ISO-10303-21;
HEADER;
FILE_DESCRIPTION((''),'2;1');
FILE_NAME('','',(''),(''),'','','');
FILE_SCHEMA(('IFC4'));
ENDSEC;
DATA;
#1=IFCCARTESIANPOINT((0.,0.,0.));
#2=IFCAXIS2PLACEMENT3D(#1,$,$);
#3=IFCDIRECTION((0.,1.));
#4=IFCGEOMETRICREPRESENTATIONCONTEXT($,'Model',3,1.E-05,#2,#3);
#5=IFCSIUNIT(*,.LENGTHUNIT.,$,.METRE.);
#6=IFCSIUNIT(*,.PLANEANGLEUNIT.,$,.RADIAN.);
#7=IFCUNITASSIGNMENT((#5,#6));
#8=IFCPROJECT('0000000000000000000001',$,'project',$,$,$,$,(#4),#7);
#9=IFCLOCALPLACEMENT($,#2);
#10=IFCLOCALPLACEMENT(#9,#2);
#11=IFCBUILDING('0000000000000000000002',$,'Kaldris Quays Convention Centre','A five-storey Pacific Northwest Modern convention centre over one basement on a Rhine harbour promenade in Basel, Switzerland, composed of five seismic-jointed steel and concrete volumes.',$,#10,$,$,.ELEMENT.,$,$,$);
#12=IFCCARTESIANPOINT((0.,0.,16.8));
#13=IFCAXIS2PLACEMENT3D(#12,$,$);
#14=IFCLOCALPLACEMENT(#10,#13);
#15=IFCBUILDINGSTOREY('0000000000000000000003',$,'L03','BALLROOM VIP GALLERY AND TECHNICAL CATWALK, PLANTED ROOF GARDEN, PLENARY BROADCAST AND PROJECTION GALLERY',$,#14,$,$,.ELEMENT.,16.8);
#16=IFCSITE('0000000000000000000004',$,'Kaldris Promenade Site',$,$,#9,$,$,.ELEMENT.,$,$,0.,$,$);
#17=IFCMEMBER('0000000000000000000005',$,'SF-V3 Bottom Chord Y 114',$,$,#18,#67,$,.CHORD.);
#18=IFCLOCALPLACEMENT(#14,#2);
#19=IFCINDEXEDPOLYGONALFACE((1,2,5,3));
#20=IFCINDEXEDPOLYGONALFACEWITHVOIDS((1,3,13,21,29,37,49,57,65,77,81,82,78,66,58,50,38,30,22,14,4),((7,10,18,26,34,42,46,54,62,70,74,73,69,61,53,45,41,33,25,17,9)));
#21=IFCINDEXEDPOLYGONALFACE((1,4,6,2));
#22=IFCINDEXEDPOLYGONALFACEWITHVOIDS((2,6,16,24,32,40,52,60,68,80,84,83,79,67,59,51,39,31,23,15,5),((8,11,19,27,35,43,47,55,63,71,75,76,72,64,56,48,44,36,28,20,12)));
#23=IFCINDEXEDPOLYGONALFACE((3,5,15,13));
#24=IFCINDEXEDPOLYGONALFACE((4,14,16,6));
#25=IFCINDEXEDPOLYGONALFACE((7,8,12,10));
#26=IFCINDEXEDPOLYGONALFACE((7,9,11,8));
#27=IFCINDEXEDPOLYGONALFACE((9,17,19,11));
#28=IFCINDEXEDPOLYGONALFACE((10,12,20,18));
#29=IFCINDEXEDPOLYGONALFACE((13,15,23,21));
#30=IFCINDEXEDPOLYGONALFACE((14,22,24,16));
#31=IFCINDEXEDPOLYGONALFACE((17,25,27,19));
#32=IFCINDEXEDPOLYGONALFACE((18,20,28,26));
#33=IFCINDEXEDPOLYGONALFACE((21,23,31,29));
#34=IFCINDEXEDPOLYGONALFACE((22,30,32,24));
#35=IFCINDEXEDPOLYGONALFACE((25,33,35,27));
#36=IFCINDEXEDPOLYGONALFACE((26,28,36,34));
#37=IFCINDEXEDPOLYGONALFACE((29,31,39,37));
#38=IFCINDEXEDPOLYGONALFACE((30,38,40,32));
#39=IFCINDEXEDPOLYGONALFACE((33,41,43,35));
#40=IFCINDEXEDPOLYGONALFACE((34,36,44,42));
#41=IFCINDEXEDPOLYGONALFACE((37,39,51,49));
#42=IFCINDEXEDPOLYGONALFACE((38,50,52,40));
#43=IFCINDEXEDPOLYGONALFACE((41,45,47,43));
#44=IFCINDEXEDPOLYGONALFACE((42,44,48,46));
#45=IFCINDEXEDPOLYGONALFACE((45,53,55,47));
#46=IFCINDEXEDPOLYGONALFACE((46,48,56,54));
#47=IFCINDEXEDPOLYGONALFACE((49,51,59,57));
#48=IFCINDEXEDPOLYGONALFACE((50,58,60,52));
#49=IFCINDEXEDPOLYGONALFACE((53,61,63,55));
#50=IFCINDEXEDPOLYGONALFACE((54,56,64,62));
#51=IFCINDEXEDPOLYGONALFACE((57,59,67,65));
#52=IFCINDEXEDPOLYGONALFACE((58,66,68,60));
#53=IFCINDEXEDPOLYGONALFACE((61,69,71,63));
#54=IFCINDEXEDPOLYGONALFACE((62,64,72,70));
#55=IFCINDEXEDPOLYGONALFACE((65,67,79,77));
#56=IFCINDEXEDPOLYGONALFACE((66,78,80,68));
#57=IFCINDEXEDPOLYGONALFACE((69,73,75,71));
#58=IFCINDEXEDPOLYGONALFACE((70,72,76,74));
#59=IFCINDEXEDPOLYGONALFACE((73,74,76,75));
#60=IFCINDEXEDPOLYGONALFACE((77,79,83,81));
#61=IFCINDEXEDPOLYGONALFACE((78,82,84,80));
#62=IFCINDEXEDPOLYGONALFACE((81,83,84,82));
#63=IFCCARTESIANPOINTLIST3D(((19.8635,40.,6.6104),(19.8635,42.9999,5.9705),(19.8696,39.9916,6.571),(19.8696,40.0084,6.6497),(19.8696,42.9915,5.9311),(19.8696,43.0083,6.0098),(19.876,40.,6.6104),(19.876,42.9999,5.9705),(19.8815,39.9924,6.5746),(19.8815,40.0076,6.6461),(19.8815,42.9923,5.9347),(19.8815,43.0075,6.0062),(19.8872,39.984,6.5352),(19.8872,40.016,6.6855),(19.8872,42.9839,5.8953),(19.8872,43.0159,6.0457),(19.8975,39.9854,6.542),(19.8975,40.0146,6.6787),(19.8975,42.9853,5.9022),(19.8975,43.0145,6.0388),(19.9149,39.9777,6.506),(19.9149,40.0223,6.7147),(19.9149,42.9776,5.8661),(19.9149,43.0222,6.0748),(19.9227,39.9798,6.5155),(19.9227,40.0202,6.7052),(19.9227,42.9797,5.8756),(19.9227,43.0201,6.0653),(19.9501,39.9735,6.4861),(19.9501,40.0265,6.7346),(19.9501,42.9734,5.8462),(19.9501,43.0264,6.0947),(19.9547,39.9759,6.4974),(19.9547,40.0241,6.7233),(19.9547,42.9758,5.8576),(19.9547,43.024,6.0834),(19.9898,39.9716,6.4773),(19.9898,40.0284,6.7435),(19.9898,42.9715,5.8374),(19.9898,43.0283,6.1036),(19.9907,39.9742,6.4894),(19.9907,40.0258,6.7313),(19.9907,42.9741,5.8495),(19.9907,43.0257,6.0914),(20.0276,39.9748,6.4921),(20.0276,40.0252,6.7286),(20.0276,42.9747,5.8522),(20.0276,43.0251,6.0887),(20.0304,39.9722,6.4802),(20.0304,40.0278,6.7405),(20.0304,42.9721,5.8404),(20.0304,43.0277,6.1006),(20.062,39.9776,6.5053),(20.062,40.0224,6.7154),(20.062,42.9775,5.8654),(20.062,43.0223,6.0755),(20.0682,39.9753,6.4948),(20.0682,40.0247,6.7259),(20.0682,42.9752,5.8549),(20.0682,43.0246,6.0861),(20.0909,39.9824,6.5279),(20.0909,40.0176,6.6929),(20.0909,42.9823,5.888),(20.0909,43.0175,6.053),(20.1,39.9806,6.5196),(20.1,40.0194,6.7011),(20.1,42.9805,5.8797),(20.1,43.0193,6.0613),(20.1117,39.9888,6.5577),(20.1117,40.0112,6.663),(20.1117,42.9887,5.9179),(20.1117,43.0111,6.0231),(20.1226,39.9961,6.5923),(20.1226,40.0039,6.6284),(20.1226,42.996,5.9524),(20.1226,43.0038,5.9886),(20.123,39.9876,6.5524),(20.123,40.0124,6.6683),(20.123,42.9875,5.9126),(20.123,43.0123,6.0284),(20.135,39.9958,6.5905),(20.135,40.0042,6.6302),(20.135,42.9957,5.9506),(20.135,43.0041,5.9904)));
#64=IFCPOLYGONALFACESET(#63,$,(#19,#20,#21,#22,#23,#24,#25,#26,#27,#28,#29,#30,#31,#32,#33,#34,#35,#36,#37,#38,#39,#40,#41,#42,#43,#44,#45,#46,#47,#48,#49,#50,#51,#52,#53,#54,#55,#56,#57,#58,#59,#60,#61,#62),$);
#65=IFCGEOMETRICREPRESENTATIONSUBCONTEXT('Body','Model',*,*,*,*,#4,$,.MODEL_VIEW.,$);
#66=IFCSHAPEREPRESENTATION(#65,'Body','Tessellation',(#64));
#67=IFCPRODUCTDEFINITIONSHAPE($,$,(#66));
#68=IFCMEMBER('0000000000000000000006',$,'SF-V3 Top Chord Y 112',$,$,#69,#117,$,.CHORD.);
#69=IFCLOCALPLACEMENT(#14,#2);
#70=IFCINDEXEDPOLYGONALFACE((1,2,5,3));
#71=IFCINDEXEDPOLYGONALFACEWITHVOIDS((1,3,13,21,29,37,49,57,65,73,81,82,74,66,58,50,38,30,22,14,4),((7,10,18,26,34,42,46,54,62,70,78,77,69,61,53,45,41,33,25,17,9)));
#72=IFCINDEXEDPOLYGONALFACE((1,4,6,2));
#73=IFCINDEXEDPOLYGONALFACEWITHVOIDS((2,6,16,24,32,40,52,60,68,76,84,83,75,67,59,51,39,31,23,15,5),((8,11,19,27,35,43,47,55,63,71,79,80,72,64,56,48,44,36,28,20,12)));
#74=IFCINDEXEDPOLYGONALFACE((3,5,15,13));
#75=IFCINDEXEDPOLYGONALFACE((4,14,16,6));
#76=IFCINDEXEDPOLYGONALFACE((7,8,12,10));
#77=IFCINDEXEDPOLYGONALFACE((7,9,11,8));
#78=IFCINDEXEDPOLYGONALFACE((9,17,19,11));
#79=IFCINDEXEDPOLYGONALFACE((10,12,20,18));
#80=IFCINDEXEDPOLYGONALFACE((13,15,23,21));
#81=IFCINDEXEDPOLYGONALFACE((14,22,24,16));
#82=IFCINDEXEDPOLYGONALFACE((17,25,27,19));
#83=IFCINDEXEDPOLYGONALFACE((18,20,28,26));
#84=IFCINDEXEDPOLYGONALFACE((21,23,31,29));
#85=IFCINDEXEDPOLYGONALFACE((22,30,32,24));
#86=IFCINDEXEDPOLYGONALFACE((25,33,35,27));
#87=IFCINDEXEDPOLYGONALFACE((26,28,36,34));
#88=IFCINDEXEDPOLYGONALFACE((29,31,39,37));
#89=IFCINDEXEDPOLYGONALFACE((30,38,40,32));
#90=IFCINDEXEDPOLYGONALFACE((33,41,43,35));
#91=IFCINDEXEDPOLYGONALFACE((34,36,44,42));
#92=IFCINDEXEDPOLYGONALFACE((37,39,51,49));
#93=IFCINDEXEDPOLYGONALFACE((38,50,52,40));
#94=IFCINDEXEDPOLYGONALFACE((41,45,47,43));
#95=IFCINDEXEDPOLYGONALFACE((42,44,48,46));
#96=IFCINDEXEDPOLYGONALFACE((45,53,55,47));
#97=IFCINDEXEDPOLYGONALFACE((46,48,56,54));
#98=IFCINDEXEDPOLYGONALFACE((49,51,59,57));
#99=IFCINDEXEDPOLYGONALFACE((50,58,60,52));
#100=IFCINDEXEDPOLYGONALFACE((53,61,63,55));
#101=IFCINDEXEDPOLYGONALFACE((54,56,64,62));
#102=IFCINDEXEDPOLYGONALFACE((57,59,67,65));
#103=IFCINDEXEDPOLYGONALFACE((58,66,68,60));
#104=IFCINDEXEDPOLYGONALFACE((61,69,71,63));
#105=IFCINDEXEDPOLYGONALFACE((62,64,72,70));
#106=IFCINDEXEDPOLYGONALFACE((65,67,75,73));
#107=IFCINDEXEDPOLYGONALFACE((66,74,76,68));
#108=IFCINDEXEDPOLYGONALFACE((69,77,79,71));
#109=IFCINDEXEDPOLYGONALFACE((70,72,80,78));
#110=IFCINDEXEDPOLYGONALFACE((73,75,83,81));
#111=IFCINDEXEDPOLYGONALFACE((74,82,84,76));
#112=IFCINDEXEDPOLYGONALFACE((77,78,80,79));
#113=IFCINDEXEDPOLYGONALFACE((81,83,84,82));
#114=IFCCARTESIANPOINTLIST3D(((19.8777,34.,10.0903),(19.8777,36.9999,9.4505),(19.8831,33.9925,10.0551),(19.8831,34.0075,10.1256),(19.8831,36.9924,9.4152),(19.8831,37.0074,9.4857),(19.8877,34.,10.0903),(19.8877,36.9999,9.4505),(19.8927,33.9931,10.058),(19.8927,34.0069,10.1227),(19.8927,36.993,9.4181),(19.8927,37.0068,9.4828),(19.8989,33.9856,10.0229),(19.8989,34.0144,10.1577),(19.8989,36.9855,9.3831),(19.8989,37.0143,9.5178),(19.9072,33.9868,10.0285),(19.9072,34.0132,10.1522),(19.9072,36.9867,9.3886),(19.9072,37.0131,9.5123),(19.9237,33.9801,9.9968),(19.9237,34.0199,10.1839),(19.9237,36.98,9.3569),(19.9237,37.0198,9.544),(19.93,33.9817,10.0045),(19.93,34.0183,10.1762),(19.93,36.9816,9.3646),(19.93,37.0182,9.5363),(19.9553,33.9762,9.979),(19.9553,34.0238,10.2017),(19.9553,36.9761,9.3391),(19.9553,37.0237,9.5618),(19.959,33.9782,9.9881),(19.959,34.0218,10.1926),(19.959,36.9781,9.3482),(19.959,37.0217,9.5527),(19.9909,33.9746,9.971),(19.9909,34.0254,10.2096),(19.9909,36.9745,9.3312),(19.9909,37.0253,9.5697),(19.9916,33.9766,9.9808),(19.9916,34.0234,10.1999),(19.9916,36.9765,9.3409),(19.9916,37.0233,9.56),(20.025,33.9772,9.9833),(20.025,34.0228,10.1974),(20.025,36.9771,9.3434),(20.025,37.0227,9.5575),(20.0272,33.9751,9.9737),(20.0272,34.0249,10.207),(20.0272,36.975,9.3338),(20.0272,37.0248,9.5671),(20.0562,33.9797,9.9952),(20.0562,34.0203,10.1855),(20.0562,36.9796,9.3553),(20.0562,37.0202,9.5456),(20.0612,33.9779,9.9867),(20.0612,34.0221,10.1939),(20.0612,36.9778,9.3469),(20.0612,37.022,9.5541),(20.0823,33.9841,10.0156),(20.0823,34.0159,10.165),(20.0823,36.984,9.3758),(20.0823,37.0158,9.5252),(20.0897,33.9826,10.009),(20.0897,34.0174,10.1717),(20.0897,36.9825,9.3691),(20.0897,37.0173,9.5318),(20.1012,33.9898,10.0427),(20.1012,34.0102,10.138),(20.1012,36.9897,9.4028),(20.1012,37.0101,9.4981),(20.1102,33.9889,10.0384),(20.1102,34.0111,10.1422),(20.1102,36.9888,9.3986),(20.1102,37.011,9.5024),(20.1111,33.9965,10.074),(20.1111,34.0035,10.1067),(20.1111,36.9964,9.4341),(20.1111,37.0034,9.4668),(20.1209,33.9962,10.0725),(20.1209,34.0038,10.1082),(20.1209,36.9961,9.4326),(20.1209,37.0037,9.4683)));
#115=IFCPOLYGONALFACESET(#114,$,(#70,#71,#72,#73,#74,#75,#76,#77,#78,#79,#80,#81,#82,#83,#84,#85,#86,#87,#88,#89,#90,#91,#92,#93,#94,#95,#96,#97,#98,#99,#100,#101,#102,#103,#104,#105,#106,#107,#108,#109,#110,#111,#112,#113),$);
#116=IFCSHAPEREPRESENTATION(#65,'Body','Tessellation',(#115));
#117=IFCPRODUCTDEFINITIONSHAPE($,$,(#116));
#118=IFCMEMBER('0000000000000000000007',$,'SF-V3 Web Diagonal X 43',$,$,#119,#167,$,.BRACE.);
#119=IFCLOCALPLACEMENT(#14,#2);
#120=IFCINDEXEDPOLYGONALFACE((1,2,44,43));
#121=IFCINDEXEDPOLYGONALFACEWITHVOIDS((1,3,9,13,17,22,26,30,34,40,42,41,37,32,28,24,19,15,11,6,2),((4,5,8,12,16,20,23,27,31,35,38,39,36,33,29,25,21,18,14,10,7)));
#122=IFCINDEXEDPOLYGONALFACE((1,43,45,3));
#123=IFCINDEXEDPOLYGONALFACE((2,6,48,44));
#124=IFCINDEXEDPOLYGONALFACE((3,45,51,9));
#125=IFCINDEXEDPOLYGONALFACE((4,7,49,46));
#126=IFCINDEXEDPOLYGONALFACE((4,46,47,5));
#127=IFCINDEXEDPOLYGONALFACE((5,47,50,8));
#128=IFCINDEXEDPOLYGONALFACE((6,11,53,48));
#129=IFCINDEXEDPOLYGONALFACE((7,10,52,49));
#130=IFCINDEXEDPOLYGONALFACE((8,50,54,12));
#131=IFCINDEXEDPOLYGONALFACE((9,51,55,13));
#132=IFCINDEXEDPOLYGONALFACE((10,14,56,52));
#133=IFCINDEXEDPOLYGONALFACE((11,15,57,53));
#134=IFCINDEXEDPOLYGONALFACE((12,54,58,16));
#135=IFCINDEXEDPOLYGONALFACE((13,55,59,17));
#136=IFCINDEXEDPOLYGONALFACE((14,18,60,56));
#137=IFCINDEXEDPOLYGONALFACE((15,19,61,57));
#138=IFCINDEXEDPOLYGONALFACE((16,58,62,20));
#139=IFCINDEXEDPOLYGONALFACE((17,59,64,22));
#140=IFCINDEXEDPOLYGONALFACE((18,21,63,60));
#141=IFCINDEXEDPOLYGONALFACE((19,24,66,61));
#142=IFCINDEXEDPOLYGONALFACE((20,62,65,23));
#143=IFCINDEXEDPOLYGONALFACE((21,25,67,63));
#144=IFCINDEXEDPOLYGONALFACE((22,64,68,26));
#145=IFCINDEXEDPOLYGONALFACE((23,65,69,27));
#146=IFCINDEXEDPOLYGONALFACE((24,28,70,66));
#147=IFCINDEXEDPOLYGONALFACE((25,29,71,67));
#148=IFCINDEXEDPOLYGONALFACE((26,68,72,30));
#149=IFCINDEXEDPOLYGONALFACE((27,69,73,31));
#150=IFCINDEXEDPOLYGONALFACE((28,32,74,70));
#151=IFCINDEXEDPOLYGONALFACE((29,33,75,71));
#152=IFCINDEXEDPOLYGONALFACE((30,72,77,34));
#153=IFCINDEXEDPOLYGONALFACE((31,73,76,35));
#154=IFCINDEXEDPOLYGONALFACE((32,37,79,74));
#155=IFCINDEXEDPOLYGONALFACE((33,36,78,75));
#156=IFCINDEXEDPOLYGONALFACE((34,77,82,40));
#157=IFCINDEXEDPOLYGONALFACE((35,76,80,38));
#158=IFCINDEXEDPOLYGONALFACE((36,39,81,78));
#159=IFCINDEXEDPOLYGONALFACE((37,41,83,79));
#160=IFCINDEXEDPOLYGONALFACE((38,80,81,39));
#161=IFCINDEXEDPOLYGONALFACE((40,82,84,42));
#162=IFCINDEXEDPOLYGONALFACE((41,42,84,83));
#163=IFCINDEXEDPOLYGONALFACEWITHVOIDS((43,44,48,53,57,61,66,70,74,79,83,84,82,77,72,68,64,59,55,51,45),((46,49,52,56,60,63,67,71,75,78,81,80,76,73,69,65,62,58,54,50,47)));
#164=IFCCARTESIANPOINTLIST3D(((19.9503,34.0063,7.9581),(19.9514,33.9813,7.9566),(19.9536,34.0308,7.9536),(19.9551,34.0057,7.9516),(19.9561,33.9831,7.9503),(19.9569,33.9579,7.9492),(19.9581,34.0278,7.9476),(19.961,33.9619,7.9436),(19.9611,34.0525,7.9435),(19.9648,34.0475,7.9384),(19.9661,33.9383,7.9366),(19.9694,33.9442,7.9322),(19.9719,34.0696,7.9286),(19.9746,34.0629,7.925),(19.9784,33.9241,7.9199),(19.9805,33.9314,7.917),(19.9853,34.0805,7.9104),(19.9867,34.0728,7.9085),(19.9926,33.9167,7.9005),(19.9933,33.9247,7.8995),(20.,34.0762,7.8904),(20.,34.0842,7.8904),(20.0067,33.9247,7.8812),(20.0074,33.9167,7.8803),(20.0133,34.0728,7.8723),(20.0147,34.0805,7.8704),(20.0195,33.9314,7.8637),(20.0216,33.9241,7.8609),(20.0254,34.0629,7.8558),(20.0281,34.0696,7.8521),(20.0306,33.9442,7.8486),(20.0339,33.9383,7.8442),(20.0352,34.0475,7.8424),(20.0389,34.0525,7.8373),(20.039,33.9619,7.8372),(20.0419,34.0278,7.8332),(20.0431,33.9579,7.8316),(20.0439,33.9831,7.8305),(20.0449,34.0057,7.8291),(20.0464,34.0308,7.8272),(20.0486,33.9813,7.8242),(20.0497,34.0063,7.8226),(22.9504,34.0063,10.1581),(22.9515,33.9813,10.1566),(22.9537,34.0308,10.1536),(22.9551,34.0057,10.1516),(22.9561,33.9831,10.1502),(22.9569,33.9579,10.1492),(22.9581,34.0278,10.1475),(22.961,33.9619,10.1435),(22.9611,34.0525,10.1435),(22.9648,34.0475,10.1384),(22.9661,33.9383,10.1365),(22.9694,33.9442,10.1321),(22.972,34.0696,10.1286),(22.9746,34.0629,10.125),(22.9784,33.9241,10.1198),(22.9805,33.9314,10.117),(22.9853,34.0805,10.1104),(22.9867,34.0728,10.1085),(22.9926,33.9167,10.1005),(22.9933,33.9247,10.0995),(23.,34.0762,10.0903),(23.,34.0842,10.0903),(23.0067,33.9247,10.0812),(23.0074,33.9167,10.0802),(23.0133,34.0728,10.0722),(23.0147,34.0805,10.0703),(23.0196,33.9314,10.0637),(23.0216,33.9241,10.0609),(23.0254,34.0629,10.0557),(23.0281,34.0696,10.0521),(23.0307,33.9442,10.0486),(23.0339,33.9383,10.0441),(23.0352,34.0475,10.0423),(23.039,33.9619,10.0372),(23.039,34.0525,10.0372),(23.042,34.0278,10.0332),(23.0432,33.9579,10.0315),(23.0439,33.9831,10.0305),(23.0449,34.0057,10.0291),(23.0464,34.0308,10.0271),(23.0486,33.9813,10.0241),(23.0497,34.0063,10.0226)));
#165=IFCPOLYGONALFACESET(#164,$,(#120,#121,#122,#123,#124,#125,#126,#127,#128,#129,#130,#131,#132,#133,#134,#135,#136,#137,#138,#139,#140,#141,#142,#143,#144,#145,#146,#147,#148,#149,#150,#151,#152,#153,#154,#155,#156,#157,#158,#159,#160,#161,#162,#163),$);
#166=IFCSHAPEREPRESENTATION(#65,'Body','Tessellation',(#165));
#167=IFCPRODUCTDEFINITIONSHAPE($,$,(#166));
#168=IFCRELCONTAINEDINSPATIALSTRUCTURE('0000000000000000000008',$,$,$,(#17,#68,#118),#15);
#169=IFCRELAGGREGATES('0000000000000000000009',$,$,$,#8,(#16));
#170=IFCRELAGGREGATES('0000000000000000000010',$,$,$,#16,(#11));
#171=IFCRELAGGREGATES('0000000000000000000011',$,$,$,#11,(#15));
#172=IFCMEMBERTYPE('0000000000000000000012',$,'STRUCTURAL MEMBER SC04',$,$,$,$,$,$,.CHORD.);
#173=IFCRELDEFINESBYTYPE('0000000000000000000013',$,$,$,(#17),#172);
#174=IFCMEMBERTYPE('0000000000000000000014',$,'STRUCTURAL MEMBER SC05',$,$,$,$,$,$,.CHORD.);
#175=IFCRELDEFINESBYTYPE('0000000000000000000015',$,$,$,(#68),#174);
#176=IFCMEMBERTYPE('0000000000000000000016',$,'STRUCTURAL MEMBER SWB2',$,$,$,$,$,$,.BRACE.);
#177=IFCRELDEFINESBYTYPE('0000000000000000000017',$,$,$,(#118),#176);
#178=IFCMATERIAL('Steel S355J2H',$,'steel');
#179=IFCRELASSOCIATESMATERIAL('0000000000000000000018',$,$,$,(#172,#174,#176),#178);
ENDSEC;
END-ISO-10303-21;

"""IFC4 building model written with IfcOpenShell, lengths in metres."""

from ifc_helpers import new_model, si_unit, direction, frame, origin, origin_2d, place, context, subcontext, project, spatial, hollow_circle, extrude, material, material_profile, profile_set, type_object, element, save


model = new_model("IFC4")

# Units and contexts
model_context = context("Model", 3, precision=1e-05, world=origin(), true_north=direction((0.0, 1.0)))
body_context = subcontext(model_context, "Body", "Model", "MODEL_VIEW")
ifc_project = project(units=[si_unit("LENGTHUNIT", "METRE"), si_unit("PLANEANGLEUNIT", "RADIAN")], contexts=[model_context])

# Site, building, storey
site_placement = place(None, origin())
site = spatial("IfcSite", under=ifc_project, at=site_placement, Name="Kaldris Promenade Site", CompositionType="ELEMENT", RefElevation=0.0)
building_placement = place(site_placement, origin())
building = spatial("IfcBuilding", under=site, at=building_placement, Name="Kaldris Quays Convention Centre", Description="A five-storey Pacific Northwest Modern convention centre over one basement on a Rhine harbour promenade in Basel, Switzerland, composed of five seismic-jointed steel and concrete volumes.", CompositionType="ELEMENT")
storey_placement = place(building_placement, frame((0.0, 0.0, 16.8)))
storey = spatial("IfcBuildingStorey", under=building, at=storey_placement, Name="L03", Description="BALLROOM VIP GALLERY AND TECHNICAL CATWALK, PLANTED ROOF GARDEN, PLENARY BROADCAST AND PROJECTION GALLERY", CompositionType="ELEMENT", Elevation=16.8)

# Members
ifc_material_1 = material(Name="Steel S355J2H", Category="steel")
ifc_material_profile_1 = material_profile(ifc_material_1, hollow_circle(Radius=0.1365, WallThickness=0.0125, at=origin_2d()), Name="CHS 273x12.5")
ifc_profile_set_1 = profile_set([ifc_material_profile_1], Name="Steel S355J2H")
member_type_1 = type_object("IfcMemberType", Name="STRUCTURAL MEMBER SC04", PredefinedType="CHORD", material=ifc_profile_set_1)
member_1_placement = place(storey_placement, frame((20.0, 40.0, 6.6104), z_axis=(0.0, 0.978, -0.208605), x_axis=(-1.0, 0.0, 0.0)))
element("IfcMember", 1, at=member_1_placement, inside=storey, type_object=member_type_1, Name="SF-V3 Bottom Chord Y 114", PredefinedType="CHORD", context=body_context, shape_type="SweptSolid", body=[
    extrude(hollow_circle(Radius=0.1365, WallThickness=0.0125, at=origin_2d()), origin(), (0.0, 0.0, 1.0), 3.0674),
])
ifc_material_profile_2 = material_profile(ifc_material_1, hollow_circle(Radius=0.1223, WallThickness=0.01, at=origin_2d()), Name="CHS 244.5x10")
ifc_profile_set_2 = profile_set([ifc_material_profile_2], Name="Steel S355J2H")
member_type_2 = type_object("IfcMemberType", Name="STRUCTURAL MEMBER SC05", PredefinedType="CHORD", material=ifc_profile_set_2)
member_2_placement = place(storey_placement, frame((20.0, 34.0, 10.0903), z_axis=(0.0, 0.978, -0.208605), x_axis=(-1.0, 0.0, 0.0)))
element("IfcMember", 2, at=member_2_placement, inside=storey, type_object=member_type_2, Name="SF-V3 Top Chord Y 112", PredefinedType="CHORD", context=body_context, shape_type="SweptSolid", body=[
    extrude(hollow_circle(Radius=0.1223, WallThickness=0.01, at=origin_2d()), origin(), (0.0, 0.0, 1.0), 3.0674),
])
ifc_material_profile_3 = material_profile(ifc_material_1, hollow_circle(Radius=0.0842, WallThickness=0.0081, at=origin_2d()), Name="CHS 168.3x8")
ifc_profile_set_3 = profile_set([ifc_material_profile_3], Name="Steel S355J2H")
member_type_3 = type_object("IfcMemberType", Name="STRUCTURAL MEMBER SWB2", PredefinedType="BRACE", material=ifc_profile_set_3)
for number, where, z_axis, x_axis, name in (
    (3, (20.0, 34.0, 7.8904), (0.806411, 0.0, 0.591355), (0.0, 1.0, 0.0), "SF-V3 Web Diagonal X 43"),
):
    element("IfcMember", number, at=place(storey_placement, frame(where, z_axis=z_axis, x_axis=x_axis)), inside=storey, type_object=member_type_3, Name=name, PredefinedType="BRACE", context=body_context, shape_type="SweptSolid", body=[
        extrude(hollow_circle(Radius=0.0842, WallThickness=0.0081, at=origin_2d()), origin(), (0.0, 0.0, 1.0), 3.7202),
    ])

save(model, "model.ifc")
